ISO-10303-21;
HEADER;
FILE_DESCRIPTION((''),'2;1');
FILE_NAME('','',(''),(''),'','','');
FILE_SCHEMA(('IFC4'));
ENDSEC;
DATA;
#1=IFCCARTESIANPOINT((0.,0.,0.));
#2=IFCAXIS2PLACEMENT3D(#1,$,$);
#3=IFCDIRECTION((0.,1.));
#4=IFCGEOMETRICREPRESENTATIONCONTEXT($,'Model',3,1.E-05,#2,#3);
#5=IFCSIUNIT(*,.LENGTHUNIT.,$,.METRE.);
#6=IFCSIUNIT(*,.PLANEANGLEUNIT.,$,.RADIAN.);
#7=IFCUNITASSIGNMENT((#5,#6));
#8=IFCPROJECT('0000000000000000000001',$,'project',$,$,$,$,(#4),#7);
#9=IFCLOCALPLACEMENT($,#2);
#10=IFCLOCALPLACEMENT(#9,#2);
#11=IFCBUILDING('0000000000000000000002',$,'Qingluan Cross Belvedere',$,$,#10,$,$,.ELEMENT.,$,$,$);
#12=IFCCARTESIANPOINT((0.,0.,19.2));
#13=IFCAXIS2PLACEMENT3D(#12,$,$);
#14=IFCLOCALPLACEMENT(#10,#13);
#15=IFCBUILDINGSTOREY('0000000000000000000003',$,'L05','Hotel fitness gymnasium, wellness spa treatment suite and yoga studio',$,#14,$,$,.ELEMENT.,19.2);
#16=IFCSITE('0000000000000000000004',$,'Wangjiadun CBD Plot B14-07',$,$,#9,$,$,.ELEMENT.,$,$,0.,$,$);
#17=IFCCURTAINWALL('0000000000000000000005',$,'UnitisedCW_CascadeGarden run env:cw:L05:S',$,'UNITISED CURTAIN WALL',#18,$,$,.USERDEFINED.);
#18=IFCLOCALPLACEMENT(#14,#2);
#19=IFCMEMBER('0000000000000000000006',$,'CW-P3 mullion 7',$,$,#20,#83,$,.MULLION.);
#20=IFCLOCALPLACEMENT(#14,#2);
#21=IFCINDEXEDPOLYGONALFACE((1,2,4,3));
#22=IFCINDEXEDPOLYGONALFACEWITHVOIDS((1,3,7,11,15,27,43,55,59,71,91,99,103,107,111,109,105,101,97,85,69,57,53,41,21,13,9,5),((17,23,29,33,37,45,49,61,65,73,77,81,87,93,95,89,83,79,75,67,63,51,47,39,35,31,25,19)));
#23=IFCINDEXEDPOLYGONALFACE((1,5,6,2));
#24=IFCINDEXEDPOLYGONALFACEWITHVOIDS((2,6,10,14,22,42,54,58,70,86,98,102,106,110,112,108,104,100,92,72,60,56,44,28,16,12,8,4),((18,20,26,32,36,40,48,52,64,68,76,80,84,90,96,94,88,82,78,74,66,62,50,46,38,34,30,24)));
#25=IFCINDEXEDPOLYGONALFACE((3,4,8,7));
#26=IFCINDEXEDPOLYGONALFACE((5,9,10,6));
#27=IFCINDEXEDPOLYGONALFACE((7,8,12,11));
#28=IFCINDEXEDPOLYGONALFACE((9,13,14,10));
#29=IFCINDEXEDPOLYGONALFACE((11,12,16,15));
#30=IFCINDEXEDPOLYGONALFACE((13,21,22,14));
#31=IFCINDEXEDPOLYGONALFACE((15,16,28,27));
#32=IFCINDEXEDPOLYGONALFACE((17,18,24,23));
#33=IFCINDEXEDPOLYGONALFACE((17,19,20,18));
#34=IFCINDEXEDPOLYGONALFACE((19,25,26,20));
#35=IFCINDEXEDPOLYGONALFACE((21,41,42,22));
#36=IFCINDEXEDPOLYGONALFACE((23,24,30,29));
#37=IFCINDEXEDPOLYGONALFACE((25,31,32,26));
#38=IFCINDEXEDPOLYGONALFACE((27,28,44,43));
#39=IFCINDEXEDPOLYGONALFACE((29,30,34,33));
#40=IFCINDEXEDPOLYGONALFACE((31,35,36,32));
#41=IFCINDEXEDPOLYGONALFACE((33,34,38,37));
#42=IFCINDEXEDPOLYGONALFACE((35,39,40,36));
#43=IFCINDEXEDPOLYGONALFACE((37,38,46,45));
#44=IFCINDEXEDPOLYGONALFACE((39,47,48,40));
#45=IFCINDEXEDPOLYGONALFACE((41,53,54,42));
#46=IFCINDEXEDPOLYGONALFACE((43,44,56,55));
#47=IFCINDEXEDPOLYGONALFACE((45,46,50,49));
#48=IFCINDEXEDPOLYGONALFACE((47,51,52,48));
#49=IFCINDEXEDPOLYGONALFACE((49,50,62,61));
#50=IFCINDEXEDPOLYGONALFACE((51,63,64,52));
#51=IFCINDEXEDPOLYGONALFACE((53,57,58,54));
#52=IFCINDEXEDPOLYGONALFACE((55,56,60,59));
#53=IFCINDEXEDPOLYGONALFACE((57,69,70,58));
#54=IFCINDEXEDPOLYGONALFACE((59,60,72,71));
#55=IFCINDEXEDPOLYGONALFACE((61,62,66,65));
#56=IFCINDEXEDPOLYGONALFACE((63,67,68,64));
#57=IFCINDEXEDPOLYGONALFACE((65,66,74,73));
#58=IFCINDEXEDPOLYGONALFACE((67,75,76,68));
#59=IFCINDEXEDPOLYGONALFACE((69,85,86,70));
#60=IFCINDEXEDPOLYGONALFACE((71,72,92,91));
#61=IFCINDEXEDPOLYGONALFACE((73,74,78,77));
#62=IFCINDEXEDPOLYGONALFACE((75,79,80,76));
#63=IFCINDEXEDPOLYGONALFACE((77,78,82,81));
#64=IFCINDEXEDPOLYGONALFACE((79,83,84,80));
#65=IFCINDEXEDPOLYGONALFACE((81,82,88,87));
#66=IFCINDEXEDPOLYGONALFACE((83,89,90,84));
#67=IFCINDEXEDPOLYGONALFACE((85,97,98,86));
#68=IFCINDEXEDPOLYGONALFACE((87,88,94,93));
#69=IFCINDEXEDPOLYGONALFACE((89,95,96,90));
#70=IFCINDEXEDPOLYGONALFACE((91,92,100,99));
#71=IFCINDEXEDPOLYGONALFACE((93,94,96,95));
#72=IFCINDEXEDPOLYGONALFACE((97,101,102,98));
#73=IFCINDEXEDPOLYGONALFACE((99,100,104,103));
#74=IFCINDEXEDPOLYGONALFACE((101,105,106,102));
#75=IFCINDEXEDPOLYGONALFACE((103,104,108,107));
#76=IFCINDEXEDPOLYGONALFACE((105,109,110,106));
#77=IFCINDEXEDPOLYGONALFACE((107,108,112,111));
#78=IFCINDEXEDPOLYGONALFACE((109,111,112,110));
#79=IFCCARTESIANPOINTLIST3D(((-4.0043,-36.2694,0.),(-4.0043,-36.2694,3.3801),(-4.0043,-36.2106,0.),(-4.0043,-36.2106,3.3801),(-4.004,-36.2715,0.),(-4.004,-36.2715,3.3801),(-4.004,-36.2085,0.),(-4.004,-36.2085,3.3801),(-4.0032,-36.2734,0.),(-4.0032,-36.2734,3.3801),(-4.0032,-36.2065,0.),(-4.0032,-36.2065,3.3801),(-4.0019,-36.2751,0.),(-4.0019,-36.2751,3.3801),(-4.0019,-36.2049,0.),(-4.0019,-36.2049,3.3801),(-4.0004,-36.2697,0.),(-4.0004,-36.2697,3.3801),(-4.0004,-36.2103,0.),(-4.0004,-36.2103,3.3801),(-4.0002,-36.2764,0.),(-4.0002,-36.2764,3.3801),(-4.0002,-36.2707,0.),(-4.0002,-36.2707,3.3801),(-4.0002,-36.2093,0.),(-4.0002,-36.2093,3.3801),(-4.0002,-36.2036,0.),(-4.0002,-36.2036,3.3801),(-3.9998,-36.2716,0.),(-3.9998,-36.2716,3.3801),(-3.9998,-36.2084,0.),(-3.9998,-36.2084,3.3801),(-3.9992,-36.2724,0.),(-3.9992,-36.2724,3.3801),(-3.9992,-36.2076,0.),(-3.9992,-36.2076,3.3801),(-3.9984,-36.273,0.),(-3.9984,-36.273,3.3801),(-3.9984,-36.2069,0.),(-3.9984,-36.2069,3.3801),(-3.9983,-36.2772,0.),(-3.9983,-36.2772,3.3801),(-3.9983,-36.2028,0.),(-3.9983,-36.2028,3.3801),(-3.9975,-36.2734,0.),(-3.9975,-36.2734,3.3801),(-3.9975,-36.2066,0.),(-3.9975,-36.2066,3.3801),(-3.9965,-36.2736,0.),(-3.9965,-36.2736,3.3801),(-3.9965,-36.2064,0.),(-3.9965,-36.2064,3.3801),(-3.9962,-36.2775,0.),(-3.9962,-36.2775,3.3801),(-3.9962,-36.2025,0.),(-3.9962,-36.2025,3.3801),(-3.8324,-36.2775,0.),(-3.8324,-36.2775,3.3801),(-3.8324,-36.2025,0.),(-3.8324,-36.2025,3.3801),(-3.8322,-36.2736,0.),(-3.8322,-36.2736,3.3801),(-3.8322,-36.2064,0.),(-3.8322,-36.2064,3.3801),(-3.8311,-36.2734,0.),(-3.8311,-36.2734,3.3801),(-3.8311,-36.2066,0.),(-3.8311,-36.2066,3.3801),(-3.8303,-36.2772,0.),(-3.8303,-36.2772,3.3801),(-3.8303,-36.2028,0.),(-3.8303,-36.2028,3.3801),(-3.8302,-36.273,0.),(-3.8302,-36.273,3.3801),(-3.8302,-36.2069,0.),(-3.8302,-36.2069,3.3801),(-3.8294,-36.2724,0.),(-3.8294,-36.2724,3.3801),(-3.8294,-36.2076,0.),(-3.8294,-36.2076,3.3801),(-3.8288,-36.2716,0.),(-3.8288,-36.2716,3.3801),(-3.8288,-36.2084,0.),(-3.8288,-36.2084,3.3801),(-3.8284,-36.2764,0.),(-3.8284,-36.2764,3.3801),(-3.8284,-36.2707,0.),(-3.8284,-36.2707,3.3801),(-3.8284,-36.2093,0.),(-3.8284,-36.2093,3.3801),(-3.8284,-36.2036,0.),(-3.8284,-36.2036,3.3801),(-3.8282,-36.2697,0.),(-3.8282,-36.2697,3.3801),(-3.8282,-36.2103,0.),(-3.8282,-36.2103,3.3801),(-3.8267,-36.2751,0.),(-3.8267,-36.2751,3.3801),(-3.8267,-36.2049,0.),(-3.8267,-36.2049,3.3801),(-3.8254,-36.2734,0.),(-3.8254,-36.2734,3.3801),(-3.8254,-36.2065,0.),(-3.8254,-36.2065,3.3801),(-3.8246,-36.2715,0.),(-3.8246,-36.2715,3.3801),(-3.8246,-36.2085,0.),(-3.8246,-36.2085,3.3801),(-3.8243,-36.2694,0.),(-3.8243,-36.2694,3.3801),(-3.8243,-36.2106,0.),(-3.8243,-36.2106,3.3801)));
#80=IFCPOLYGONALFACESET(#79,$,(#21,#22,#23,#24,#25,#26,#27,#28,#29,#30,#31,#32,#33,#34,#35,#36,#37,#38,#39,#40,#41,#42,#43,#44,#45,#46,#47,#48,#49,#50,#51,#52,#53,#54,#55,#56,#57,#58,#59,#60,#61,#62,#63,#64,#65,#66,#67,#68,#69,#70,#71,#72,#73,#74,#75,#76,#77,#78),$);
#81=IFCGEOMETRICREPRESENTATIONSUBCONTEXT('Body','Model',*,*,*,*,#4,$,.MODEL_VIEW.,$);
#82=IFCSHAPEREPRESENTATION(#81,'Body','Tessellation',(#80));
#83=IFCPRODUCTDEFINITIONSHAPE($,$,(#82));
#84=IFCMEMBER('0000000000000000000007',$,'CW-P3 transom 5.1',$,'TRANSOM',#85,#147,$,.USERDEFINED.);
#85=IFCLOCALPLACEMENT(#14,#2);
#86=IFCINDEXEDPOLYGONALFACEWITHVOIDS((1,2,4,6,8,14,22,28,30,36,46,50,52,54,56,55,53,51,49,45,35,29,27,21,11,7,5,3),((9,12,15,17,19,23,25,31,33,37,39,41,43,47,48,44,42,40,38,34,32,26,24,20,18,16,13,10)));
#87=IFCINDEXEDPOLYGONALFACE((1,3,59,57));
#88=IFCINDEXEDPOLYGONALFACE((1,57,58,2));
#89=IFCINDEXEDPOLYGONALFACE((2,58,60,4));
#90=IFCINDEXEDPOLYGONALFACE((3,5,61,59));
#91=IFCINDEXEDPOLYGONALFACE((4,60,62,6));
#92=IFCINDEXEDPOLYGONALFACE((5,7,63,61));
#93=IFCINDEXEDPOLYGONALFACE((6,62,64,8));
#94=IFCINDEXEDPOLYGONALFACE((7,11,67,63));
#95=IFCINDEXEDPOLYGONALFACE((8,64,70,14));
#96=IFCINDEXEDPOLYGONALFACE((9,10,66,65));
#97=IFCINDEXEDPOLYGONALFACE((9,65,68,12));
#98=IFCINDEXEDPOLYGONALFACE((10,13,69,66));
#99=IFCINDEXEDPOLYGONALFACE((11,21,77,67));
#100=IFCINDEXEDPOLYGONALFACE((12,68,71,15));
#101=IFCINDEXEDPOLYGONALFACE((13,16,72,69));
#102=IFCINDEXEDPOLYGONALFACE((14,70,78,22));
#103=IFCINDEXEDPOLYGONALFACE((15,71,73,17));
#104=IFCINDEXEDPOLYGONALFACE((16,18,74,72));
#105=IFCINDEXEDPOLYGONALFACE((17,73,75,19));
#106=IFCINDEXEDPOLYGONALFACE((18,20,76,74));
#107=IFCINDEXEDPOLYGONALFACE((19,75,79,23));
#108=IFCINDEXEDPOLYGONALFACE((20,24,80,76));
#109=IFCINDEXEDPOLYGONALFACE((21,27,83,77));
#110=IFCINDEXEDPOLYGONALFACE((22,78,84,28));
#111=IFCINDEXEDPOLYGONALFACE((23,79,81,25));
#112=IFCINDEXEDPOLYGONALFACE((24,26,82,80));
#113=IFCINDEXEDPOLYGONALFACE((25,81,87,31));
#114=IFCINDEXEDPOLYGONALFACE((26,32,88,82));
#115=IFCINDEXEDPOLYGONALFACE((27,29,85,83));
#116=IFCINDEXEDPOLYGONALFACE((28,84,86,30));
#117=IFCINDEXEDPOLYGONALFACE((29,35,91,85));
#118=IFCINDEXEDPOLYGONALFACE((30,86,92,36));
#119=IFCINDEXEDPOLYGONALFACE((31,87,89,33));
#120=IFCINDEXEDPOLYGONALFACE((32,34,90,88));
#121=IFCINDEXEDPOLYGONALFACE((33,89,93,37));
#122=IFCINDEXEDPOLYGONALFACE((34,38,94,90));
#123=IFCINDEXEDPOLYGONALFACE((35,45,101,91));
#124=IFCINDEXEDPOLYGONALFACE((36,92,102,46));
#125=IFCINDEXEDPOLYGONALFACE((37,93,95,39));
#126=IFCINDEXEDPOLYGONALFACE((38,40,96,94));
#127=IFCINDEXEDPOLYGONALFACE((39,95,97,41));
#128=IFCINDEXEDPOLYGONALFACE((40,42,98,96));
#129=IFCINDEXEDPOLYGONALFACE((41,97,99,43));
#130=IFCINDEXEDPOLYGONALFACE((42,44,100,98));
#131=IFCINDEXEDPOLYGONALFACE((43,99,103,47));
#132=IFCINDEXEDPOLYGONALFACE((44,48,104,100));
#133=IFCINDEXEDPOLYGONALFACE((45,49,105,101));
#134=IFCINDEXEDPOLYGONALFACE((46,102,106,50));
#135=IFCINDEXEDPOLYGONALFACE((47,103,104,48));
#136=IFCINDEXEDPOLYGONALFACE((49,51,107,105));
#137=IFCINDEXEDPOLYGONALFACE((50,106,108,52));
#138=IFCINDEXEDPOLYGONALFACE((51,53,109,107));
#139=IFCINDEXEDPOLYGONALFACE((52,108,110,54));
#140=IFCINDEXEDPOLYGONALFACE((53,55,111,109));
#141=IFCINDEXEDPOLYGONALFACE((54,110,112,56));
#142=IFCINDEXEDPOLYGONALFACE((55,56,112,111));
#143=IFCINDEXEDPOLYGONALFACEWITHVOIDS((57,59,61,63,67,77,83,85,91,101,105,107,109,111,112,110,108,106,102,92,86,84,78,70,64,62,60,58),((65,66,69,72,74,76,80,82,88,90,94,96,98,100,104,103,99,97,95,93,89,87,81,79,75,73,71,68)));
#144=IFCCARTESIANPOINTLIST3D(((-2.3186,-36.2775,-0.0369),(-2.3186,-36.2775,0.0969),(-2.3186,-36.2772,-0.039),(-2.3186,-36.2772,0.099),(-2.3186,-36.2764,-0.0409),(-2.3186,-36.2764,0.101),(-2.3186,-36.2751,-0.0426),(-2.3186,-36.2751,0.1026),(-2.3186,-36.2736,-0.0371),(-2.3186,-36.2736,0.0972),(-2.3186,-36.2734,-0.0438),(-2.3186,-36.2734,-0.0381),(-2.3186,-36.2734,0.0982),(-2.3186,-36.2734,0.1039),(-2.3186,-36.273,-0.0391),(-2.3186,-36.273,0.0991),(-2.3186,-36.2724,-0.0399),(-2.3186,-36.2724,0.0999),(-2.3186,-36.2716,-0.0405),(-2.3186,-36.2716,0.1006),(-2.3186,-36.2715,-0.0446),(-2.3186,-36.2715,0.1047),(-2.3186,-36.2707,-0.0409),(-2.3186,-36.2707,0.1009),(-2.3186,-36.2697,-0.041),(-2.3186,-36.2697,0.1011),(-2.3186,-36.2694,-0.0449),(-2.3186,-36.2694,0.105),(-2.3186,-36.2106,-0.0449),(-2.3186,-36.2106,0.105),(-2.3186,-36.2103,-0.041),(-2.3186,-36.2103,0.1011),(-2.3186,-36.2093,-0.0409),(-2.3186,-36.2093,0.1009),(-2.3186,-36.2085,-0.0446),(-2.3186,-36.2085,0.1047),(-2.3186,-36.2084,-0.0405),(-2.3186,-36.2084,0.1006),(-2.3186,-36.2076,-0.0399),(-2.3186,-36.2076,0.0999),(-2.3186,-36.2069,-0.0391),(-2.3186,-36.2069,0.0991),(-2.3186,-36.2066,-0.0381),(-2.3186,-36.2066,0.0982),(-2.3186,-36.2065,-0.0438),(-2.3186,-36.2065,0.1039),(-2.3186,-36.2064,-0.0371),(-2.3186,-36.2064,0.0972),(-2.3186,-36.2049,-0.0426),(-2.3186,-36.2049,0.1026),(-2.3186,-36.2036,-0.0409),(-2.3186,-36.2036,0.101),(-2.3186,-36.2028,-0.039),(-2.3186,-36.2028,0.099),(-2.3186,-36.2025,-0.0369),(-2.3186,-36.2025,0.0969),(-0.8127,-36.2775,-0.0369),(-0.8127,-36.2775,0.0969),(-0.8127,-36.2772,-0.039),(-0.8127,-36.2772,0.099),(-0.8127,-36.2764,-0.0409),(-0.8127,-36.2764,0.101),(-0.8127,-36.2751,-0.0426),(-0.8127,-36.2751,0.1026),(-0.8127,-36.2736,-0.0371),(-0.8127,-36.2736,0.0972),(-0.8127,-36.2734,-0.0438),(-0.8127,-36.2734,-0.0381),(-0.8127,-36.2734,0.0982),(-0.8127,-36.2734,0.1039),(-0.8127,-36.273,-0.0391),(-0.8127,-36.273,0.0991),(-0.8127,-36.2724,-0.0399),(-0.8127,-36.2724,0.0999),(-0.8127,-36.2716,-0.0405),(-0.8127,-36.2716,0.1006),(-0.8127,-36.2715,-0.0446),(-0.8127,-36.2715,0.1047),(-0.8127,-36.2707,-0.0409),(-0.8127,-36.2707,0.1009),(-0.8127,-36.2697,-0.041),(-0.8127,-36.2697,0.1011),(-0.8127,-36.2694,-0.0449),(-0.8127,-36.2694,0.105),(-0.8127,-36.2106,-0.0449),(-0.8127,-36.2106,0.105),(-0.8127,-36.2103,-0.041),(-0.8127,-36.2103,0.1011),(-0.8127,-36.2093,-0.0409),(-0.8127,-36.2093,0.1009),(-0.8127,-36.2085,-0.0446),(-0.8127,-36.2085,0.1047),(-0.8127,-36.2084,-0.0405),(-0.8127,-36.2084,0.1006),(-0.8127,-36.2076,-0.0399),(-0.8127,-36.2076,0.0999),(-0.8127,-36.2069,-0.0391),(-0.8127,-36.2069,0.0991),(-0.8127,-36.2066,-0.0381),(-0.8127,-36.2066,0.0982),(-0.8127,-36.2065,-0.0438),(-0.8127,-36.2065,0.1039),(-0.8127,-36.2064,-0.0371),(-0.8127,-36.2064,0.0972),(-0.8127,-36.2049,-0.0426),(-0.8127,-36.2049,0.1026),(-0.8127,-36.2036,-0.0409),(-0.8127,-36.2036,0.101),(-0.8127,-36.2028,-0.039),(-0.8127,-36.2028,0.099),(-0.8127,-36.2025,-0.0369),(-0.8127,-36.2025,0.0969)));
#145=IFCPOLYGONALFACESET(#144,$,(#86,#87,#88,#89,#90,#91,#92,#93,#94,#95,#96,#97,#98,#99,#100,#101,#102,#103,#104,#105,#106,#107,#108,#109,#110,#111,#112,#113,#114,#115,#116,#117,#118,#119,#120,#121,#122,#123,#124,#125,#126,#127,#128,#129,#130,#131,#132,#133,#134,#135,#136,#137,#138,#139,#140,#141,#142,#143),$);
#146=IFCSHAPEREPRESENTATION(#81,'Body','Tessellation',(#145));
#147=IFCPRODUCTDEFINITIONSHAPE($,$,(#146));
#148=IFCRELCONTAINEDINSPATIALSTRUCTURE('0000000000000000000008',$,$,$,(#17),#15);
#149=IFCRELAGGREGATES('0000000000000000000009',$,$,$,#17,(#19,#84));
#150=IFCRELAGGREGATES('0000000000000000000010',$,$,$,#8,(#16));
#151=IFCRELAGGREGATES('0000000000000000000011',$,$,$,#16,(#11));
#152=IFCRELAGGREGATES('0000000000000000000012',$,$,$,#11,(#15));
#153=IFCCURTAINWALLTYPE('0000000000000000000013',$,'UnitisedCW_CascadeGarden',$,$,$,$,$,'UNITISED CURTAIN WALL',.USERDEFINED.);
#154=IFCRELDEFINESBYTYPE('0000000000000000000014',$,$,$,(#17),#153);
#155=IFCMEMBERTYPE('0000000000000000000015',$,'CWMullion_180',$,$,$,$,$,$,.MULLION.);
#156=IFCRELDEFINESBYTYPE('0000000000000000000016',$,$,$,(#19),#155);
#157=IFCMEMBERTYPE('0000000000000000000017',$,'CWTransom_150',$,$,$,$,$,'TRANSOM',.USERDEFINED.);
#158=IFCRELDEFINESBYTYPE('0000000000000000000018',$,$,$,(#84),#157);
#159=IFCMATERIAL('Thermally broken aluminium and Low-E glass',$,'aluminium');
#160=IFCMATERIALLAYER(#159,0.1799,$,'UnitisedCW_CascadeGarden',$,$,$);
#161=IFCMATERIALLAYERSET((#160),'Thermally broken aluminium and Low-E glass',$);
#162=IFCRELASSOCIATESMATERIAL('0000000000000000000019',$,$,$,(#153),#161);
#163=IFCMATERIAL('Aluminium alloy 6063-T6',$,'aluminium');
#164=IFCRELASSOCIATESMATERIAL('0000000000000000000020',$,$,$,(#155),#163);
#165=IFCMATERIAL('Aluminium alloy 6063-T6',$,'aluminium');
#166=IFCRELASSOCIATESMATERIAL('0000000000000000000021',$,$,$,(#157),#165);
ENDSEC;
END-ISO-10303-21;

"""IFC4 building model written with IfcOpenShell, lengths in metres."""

from ifc_helpers import new_model, si_unit, direction, frame, origin, origin_2d, place, context, subcontext, project, spatial, hollow_rectangle, extrude, material, layer, layer_set, material_profile, profile_set, type_object, element, aggregate, save


model = new_model("IFC4")

# Units and contexts
model_context = context("Model", 3, precision=1e-05, world=origin(), true_north=direction((0.0, 1.0)))
body_context = subcontext(model_context, "Body", "Model", "MODEL_VIEW")
ifc_project = project(units=[si_unit("LENGTHUNIT", "METRE"), si_unit("PLANEANGLEUNIT", "RADIAN")], contexts=[model_context])

# Site, building, storey
site_placement = place(None, origin())
site = spatial("IfcSite", under=ifc_project, at=site_placement, Name="Wangjiadun CBD Plot B14-07", CompositionType="ELEMENT", RefElevation=0.0)
building_placement = place(site_placement, origin())
building = spatial("IfcBuilding", under=site, at=building_placement, Name="Qingluan Cross Belvedere", CompositionType="ELEMENT")
storey_placement = place(building_placement, frame((0.0, 0.0, 19.2)))
storey = spatial("IfcBuildingStorey", under=building, at=storey_placement, Name="L05", Description="Hotel fitness gymnasium, wellness spa treatment suite and yoga studio", CompositionType="ELEMENT", Elevation=19.2)

# Curtain wall, members
ifc_material_1 = material(Name="Thermally broken aluminium and Low-E glass", Category="aluminium")
ifc_layer_1 = layer(ifc_material_1, 0.1799, Name="UnitisedCW_CascadeGarden")
ifc_layer_set_1 = layer_set([ifc_layer_1], Name="Thermally broken aluminium and Low-E glass")
curtain_wall_type = type_object("IfcCurtainWallType", Name="UnitisedCW_CascadeGarden", ElementType="UNITISED CURTAIN WALL", PredefinedType="USERDEFINED", material=ifc_layer_set_1)
curtain_wall_placement = place(storey_placement, origin())
curtain_wall = element("IfcCurtainWall", 1, at=curtain_wall_placement, inside=storey, type_object=curtain_wall_type, Name="UnitisedCW_CascadeGarden run env:cw:L05:S", ObjectType="UNITISED CURTAIN WALL", PredefinedType="USERDEFINED")
ifc_material_2 = material(Name="Aluminium alloy 6063-T6", Category="aluminium")
ifc_material_profile_1 = material_profile(ifc_material_2, hollow_rectangle(XDim=0.075, YDim=0.1799, WallThickness=0.0039, InnerFilletRadius=0.0039, OuterFilletRadius=0.0081, at=origin_2d()), Name="CWM180x75x4")
ifc_profile_set_1 = profile_set([ifc_material_profile_1], Name="Aluminium alloy 6063-T6")
member_type_1 = type_object("IfcMemberType", Name="CWMullion_180", PredefinedType="MULLION", material=ifc_profile_set_1)
member_1_placement = place(storey_placement, frame((-3.9143, -36.24, 0.0), z_axis=(0.0, 0.0, 1.0), x_axis=(0.0, -1.0, 0.0)))
member_1 = element("IfcMember", 2, at=member_1_placement, type_object=member_type_1, Name="CW-P3 mullion 7", PredefinedType="MULLION", context=body_context, shape_type="SweptSolid", body=[
    extrude(hollow_rectangle(XDim=0.075, YDim=0.1799, WallThickness=0.0039, InnerFilletRadius=0.0039, OuterFilletRadius=0.0081, at=origin_2d()), origin(), (0.0, 0.0, 1.0), 3.3801),
])
ifc_material_3 = material(Name="Aluminium alloy 6063-T6", Category="aluminium")
ifc_material_profile_2 = material_profile(ifc_material_3, hollow_rectangle(XDim=0.075, YDim=0.1499, WallThickness=0.0039, InnerFilletRadius=0.0039, OuterFilletRadius=0.0081, at=origin_2d()), Name="CWT150x75x4")
ifc_profile_set_2 = profile_set([ifc_material_profile_2], Name="Aluminium alloy 6063-T6")
member_type_2 = type_object("IfcMemberType", Name="CWTransom_150", ElementType="TRANSOM", PredefinedType="USERDEFINED", material=ifc_profile_set_2)
member_2_placement = place(storey_placement, frame((-0.8127, -36.24, 0.03), z_axis=(-1.0, 0.0, 0.0), x_axis=(0.0, -1.0, 0.0)))
member_2 = element("IfcMember", 3, at=member_2_placement, type_object=member_type_2, Name="CW-P3 transom 5.1", ObjectType="TRANSOM", PredefinedType="USERDEFINED", context=body_context, shape_type="SweptSolid", body=[
    extrude(hollow_rectangle(XDim=0.075, YDim=0.1499, WallThickness=0.0039, InnerFilletRadius=0.0039, OuterFilletRadius=0.0081, at=origin_2d()), origin(), (0.0, 0.0, 1.0), 1.5059),
])

aggregate(curtain_wall, [member_1, member_2])

save(model, "model.ifc")
